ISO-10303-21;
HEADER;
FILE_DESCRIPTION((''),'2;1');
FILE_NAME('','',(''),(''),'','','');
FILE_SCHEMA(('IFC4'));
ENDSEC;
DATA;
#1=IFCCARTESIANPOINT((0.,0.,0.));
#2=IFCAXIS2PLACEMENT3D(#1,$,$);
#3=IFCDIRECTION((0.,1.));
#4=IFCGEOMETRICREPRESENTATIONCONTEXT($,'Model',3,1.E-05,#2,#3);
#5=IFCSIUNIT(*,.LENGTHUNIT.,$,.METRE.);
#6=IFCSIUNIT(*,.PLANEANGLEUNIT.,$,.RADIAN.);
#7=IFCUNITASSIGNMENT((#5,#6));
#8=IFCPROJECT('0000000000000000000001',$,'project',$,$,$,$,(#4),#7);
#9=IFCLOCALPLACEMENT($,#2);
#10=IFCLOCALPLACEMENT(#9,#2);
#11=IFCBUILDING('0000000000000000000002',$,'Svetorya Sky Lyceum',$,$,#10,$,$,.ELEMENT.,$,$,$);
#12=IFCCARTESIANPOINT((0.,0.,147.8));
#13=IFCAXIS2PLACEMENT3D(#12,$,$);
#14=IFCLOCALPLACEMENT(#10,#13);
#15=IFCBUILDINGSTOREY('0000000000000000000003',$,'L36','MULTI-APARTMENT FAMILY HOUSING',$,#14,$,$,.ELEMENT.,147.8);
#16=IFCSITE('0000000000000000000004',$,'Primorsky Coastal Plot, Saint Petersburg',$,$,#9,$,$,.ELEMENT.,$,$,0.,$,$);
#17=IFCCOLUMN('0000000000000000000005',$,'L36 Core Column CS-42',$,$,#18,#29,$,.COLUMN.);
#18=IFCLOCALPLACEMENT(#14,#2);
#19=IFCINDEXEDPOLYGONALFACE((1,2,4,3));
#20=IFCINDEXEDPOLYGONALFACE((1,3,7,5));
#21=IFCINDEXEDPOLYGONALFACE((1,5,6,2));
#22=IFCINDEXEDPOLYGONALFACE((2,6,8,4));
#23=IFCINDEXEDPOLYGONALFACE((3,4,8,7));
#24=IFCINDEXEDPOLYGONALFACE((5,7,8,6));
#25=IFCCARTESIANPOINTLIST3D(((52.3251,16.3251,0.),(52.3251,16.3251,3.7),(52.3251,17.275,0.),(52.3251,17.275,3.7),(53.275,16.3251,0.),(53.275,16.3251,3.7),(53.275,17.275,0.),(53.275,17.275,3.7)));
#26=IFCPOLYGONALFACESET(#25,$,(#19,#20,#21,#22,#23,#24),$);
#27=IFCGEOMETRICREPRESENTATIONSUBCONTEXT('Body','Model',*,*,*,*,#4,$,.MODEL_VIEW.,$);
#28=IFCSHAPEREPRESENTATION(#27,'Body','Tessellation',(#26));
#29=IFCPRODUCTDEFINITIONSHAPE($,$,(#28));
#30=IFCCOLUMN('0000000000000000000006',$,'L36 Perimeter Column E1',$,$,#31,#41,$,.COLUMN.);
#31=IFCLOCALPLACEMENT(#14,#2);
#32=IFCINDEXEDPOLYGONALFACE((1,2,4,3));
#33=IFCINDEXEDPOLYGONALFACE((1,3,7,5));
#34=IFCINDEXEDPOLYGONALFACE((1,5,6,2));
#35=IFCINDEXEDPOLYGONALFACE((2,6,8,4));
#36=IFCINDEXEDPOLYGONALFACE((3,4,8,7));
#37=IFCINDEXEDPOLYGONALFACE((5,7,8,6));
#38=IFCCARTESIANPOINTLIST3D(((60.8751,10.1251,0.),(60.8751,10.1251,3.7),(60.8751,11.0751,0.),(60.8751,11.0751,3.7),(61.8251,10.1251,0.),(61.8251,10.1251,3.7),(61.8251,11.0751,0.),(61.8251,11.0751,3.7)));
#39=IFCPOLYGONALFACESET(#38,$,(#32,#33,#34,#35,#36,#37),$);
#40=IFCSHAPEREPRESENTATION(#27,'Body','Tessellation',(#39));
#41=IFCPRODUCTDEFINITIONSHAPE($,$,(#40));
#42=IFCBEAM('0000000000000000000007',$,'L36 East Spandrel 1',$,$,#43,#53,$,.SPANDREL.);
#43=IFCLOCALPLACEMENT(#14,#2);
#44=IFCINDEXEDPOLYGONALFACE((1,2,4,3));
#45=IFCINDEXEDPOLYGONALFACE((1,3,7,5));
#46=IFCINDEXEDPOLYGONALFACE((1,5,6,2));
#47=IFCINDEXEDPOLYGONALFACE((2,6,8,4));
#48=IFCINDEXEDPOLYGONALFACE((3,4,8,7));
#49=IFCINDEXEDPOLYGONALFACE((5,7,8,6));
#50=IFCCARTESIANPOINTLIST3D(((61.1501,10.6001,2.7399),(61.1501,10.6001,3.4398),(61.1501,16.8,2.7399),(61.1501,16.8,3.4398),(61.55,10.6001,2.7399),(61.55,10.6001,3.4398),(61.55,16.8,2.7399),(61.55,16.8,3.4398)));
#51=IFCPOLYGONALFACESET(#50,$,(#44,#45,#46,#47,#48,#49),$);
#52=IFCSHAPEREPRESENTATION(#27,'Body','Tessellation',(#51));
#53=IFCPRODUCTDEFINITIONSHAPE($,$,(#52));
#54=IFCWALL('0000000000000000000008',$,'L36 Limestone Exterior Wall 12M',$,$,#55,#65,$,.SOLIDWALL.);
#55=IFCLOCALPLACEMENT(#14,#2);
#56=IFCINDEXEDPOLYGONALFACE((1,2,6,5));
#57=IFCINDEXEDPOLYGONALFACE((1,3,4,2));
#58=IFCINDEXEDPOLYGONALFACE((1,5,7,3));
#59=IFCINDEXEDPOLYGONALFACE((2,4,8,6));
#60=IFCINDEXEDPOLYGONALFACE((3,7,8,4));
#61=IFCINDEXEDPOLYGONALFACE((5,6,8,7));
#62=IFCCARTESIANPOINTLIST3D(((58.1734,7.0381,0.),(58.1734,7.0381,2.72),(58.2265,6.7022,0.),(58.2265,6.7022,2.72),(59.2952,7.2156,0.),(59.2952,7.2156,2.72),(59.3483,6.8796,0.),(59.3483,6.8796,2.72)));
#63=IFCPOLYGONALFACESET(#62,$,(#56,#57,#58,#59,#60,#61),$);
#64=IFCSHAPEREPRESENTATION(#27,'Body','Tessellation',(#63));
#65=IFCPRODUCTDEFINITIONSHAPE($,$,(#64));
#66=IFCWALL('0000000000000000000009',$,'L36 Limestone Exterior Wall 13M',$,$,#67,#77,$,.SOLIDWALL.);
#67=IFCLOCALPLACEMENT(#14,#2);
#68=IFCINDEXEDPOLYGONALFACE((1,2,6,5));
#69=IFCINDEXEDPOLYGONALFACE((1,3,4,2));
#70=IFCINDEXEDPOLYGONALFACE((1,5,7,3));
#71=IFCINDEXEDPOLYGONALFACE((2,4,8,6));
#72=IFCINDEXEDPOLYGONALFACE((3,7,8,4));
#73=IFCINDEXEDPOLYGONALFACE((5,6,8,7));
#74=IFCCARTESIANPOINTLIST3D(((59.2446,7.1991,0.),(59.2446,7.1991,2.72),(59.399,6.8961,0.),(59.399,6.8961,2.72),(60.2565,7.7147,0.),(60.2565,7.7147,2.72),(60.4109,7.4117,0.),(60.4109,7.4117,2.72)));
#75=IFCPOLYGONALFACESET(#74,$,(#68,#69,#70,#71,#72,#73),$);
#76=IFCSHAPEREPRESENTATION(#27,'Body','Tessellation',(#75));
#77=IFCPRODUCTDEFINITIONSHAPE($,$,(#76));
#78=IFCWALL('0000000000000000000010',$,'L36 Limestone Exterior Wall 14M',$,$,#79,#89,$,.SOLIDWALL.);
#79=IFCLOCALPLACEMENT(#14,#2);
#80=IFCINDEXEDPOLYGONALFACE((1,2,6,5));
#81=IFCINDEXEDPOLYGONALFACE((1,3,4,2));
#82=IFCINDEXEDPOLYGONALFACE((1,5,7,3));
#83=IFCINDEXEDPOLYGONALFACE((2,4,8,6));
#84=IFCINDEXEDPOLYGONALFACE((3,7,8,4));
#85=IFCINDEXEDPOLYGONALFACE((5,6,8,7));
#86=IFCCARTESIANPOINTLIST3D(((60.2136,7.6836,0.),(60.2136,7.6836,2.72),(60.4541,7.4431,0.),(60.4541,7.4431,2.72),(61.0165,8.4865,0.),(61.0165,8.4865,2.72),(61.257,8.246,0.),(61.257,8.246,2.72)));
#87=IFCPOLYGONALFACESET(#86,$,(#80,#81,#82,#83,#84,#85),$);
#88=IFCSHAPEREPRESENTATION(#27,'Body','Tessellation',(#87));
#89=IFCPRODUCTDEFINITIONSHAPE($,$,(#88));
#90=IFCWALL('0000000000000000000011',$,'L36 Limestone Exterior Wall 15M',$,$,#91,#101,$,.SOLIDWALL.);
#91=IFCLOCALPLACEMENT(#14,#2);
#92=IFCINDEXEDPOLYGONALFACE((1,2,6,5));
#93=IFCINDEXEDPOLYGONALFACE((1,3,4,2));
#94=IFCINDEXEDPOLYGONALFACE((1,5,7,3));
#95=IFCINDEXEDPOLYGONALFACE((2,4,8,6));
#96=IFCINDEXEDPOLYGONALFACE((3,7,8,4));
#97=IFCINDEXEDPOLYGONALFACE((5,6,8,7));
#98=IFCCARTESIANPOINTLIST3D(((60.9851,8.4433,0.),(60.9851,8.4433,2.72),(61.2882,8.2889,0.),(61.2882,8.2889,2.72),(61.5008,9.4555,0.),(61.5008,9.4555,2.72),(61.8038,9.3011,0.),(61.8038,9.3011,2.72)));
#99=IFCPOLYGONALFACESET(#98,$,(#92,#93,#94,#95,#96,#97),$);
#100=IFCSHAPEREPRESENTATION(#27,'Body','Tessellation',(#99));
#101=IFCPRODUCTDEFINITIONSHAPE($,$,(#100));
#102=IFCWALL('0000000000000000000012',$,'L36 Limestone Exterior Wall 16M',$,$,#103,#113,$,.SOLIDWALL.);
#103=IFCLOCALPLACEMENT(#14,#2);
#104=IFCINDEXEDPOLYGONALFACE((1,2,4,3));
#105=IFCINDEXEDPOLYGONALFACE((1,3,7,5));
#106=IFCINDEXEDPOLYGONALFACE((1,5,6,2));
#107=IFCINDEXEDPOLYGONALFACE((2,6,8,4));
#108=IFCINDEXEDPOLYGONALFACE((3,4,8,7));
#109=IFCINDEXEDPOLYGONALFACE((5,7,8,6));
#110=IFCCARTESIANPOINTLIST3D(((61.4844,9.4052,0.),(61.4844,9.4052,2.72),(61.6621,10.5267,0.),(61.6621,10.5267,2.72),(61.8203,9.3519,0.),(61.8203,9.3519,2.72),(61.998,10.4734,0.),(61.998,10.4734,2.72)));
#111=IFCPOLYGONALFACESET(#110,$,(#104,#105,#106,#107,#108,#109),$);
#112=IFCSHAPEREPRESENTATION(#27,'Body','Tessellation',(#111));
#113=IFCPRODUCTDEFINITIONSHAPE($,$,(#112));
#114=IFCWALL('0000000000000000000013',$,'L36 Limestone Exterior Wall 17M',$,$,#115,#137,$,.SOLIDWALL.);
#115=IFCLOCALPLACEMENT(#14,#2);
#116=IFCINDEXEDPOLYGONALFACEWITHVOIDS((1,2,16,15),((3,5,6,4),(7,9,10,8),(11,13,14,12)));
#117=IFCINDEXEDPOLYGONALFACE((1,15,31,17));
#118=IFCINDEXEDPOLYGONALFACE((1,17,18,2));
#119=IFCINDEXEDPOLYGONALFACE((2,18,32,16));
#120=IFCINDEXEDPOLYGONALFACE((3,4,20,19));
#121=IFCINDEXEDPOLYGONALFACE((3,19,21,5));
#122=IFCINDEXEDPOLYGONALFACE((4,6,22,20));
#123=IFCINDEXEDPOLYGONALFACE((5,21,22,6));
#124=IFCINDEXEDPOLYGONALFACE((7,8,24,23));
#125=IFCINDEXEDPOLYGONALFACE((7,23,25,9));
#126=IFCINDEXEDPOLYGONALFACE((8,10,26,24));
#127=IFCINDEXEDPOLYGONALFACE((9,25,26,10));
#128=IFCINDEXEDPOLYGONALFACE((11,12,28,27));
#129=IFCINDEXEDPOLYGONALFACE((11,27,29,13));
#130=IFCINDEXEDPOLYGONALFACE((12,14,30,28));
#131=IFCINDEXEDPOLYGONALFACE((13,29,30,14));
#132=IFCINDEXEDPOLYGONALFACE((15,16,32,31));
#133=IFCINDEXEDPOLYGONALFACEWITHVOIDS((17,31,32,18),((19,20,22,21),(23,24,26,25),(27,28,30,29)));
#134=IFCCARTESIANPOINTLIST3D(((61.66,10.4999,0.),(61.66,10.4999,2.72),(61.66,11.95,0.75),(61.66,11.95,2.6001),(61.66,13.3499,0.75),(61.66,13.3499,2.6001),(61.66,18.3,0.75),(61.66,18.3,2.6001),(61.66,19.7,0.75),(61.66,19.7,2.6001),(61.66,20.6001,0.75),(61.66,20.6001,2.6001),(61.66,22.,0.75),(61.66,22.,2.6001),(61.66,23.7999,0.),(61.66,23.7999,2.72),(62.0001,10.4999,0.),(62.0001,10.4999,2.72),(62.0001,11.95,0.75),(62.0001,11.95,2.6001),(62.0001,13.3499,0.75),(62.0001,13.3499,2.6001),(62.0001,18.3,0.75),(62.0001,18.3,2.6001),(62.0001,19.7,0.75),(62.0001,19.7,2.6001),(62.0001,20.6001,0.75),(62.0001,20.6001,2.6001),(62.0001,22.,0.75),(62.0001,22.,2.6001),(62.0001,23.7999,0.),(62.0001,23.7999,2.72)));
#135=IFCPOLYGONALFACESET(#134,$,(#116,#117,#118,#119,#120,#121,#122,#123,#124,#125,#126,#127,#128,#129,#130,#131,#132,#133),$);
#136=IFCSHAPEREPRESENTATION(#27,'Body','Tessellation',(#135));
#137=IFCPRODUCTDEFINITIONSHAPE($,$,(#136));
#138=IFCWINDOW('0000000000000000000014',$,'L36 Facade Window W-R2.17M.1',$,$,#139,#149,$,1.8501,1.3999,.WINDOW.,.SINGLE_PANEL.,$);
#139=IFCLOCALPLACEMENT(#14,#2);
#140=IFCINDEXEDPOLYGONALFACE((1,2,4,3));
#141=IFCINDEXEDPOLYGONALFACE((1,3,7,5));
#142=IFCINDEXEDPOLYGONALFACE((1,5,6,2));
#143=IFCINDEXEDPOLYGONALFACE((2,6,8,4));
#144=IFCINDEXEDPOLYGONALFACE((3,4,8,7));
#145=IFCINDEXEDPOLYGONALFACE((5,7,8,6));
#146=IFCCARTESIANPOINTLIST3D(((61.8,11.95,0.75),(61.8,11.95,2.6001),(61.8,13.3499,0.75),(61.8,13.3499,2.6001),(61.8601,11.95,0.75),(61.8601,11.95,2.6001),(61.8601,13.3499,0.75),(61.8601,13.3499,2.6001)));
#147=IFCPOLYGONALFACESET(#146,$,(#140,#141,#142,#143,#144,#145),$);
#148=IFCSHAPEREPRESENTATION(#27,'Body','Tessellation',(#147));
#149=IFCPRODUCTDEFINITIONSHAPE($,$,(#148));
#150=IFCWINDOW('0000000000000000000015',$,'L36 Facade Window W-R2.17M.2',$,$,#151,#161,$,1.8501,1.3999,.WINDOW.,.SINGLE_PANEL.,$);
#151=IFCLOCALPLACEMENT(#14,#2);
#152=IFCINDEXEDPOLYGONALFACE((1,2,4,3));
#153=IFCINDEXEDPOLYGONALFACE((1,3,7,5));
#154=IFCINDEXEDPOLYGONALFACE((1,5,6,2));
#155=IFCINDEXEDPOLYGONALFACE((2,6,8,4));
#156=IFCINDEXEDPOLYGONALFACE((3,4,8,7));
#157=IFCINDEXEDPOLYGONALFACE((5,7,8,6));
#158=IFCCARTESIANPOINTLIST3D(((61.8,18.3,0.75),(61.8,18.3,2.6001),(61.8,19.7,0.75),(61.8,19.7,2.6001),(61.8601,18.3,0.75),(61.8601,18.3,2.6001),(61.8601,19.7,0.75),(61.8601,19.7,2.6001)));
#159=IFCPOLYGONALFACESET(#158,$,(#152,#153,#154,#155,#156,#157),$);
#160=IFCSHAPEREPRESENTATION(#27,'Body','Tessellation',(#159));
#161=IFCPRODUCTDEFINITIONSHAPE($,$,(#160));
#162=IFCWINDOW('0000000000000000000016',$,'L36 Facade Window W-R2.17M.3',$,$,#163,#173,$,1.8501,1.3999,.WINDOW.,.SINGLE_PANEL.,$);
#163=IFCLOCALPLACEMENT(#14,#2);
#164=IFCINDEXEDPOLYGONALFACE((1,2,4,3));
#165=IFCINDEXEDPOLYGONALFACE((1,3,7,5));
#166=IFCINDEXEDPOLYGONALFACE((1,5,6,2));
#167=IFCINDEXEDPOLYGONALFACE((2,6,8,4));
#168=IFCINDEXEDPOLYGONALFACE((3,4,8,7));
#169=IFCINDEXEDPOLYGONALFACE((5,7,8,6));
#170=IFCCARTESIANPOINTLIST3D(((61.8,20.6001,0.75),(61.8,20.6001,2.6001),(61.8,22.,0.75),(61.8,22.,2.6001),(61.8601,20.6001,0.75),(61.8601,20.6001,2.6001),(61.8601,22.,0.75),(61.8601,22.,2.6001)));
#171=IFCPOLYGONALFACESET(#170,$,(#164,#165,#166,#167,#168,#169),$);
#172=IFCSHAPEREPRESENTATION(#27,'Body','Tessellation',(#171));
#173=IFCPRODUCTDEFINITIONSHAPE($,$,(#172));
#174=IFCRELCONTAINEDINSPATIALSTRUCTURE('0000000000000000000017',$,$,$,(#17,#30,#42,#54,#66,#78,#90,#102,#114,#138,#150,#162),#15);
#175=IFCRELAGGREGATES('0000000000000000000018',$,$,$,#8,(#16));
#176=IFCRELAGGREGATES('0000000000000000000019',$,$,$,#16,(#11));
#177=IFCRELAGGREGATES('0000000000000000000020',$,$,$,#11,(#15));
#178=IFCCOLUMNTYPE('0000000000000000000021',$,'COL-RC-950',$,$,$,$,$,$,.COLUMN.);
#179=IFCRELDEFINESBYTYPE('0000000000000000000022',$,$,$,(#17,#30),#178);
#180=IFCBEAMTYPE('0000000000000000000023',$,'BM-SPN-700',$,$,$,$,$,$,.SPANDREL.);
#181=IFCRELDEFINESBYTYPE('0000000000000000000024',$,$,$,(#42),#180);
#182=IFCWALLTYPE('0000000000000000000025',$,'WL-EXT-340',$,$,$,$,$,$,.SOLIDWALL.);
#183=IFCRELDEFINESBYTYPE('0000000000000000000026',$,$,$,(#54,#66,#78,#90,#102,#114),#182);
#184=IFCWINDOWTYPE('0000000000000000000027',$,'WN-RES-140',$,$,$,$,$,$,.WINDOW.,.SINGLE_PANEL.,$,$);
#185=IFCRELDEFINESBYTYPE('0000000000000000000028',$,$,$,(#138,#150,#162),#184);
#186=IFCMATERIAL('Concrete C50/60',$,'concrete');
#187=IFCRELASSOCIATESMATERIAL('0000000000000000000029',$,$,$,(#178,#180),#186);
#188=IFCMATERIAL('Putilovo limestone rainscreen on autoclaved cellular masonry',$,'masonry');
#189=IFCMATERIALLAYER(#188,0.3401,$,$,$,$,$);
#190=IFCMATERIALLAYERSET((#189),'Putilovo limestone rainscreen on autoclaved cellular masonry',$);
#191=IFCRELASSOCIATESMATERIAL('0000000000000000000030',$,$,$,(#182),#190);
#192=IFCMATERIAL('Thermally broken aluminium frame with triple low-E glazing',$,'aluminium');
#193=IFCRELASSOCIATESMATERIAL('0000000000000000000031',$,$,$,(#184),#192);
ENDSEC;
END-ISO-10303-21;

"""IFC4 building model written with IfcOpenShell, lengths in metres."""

from ifc_helpers import new_model, si_unit, direction, frame, frame_2d, origin, origin_2d, place, context, subcontext, project, spatial, rectangle, extrude, material, layer, layer_set, material_profile, profile_set, type_object, element, fill, save


model = new_model("IFC4")

# Units and contexts
model_context = context("Model", 3, precision=1e-05, world=origin(), true_north=direction((0.0, 1.0)))
body_context = subcontext(model_context, "Body", "Model", "MODEL_VIEW")
ifc_project = project(units=[si_unit("LENGTHUNIT", "METRE"), si_unit("PLANEANGLEUNIT", "RADIAN")], contexts=[model_context])

# Site, building, storey
site_placement = place(None, origin())
site = spatial("IfcSite", under=ifc_project, at=site_placement, Name="Primorsky Coastal Plot, Saint Petersburg", CompositionType="ELEMENT", RefElevation=0.0)
building_placement = place(site_placement, origin())
building = spatial("IfcBuilding", under=site, at=building_placement, Name="Svetorya Sky Lyceum", CompositionType="ELEMENT")
storey_placement = place(building_placement, frame((0.0, 0.0, 147.8)))
storey = spatial("IfcBuildingStorey", under=building, at=storey_placement, Name="L36", Description="MULTI-APARTMENT FAMILY HOUSING", CompositionType="ELEMENT", Elevation=147.8)

# Columns
ifc_material_1 = material(Name="Concrete C50/60", Category="concrete")
ifc_material_profile_1 = material_profile(ifc_material_1, rectangle(XDim=0.95, YDim=0.95, at=origin_2d()), Name="RC COL 950x950")
ifc_profile_set_1 = profile_set([ifc_material_profile_1], Name="Concrete C50/60")
column_type = type_object("IfcColumnType", Name="COL-RC-950", PredefinedType="COLUMN", material=ifc_profile_set_1)
for number, where, z_axis, x_axis, name in (
    (1, (52.8, 16.8, 0.0), (0.0, 0.0, 1.0), (1.0, 0.0, 0.0), "L36 Core Column CS-42"),
    (2, (61.3501, 10.6001, 0.0), (0.0, 0.0, 1.0), (1.0, 0.0, 0.0), "L36 Perimeter Column E1"),
):
    element("IfcColumn", number, at=place(storey_placement, frame(where, z_axis=z_axis, x_axis=x_axis)), inside=storey, type_object=column_type, Name=name, PredefinedType="COLUMN", context=body_context, shape_type="SweptSolid", body=[
        extrude(rectangle(XDim=0.95, YDim=0.95, at=origin_2d()), origin(), (0.0, 0.0, 1.0), 3.7),
    ])

# Beam
ifc_material_profile_2 = material_profile(ifc_material_1, rectangle(XDim=0.3999, YDim=0.7, at=origin_2d()), Name="RC SPANDREL 400x700")
ifc_profile_set_2 = profile_set([ifc_material_profile_2], Name="Concrete C50/60")
beam_type = type_object("IfcBeamType", Name="BM-SPN-700", PredefinedType="SPANDREL", material=ifc_profile_set_2)
beam_placement = place(storey_placement, frame((61.3501, 10.6001, 3.0898), z_axis=(0.0, 1.0, 0.0), x_axis=(-1.0, 0.0, 0.0)))
element("IfcBeam", 3, at=beam_placement, inside=storey, type_object=beam_type, Name="L36 East Spandrel 1", PredefinedType="SPANDREL", context=body_context, shape_type="SweptSolid", body=[
    extrude(rectangle(XDim=0.3999, YDim=0.7, at=origin_2d()), origin(), (0.0, 0.0, 1.0), 6.2),
])

# Walls
ifc_material_2 = material(Name="Putilovo limestone rainscreen on autoclaved cellular masonry", Category="masonry")
ifc_layer_1 = layer(ifc_material_2, 0.3401)
ifc_layer_set_1 = layer_set([ifc_layer_1], Name="Putilovo limestone rainscreen on autoclaved cellular masonry")
wall_type_1 = type_object("IfcWallType", Name="WL-EXT-340", PredefinedType="SOLIDWALL", material=ifc_layer_set_1)
for number, where, z_axis, x_axis, name in (
    (4, (58.2, 6.8701, 0.0), (0.0, 0.0, 1.0), (0.987714, 0.156272, 0.0), "L36 Limestone Exterior Wall 12M"),
    (5, (59.3218, 7.0476, 0.0), (0.0, 0.0, 1.0), (0.891005, 0.453993, 0.0), "L36 Limestone Exterior Wall 13M"),
):
    element("IfcWall", number, at=place(storey_placement, frame(where, z_axis=z_axis, x_axis=x_axis)), inside=storey, type_object=wall_type_1, Name=name, PredefinedType="SOLIDWALL", context=body_context, shape_type="SweptSolid", body=[
        extrude(rectangle(XDim=1.1357, YDim=0.3401, at=frame_2d((0.5679, 0.0))), origin(), (0.0, 0.0, 1.0), 2.72),
    ])
wall_1_placement = place(storey_placement, frame((60.3337, 7.5632, 0.0), z_axis=(0.0, 0.0, 1.0), x_axis=(0.707107, 0.707107, 0.0)))
element("IfcWall", 6, at=wall_1_placement, inside=storey, type_object=wall_type_1, Name="L36 Limestone Exterior Wall 14M", PredefinedType="SOLIDWALL", context=body_context, shape_type="SweptSolid", body=[
    extrude(rectangle(XDim=1.1355, YDim=0.3401, at=frame_2d((0.5679, 0.0))), origin(), (0.0, 0.0, 1.0), 2.72),
])
wall_2_placement = place(storey_placement, frame((61.1367, 8.3662, 0.0), z_axis=(0.0, 0.0, 1.0), x_axis=(0.453906, 0.891049, 0.0)))
element("IfcWall", 7, at=wall_2_placement, inside=storey, type_object=wall_type_1, Name="L36 Limestone Exterior Wall 15M", PredefinedType="SOLIDWALL", context=body_context, shape_type="SweptSolid", body=[
    extrude(rectangle(XDim=1.136, YDim=0.3401, at=frame_2d((0.5679, 0.0))), origin(), (0.0, 0.0, 1.0), 2.72),
])
wall_3_placement = place(storey_placement, frame((61.6523, 9.3784, 0.0), z_axis=(0.0, 0.0, 1.0), x_axis=(0.156515, 0.987676, 0.0)))
element("IfcWall", 8, at=wall_3_placement, inside=storey, type_object=wall_type_1, Name="L36 Limestone Exterior Wall 16M", PredefinedType="SOLIDWALL", context=body_context, shape_type="SweptSolid", body=[
    extrude(rectangle(XDim=1.1355, YDim=0.3401, at=frame_2d((0.5679, 0.0))), origin(), (0.0, 0.0, 1.0), 2.72),
])

# Wall, openings, windows
wall_4_placement = place(storey_placement, frame((61.8301, 10.5, 0.0), z_axis=(0.0, 0.0, 1.0), x_axis=(0.0, 1.0, 0.0)))
wall_4 = element("IfcWall", 9, at=wall_4_placement, inside=storey, type_object=wall_type_1, Name="L36 Limestone Exterior Wall 17M", PredefinedType="SOLIDWALL", context=body_context, shape_type="SweptSolid", body=[
    extrude(rectangle(XDim=13.3, YDim=0.3401, at=frame_2d((6.6499, 0.0))), origin(), (0.0, 0.0, 1.0), 2.72),
])
opening_1_placement = place(wall_4_placement, frame((1.45, 0.0, 0.75)))
opening_1 = element("IfcOpeningElement", 10, at=opening_1_placement, cuts=wall_4, PredefinedType="OPENING", context=body_context, shape_type="SweptSolid", body=[
    extrude(rectangle(XDim=1.3999, YDim=1.8501, at=frame_2d((0.7, 0.925))), frame((0.0, 0.1799, 0.0), z_axis=(0.0, -1.0, 0.0), x_axis=(1.0, 0.0, 0.0)), (0.0, 0.0, 1.0), 0.3601),
])
opening_2_placement = place(wall_4_placement, frame((7.8, 0.0, 0.75)))
opening_2 = element("IfcOpeningElement", 11, at=opening_2_placement, cuts=wall_4, PredefinedType="OPENING", context=body_context, shape_type="SweptSolid", body=[
    extrude(rectangle(XDim=1.3999, YDim=1.8501, at=frame_2d((0.7, 0.925))), frame((0.0, 0.1799, 0.0), z_axis=(0.0, -1.0, 0.0), x_axis=(1.0, 0.0, 0.0)), (0.0, 0.0, 1.0), 0.3601),
])
opening_3_placement = place(wall_4_placement, frame((10.1001, 0.0, 0.75)))
opening_3 = element("IfcOpeningElement", 12, at=opening_3_placement, cuts=wall_4, PredefinedType="OPENING", context=body_context, shape_type="SweptSolid", body=[
    extrude(rectangle(XDim=1.3999, YDim=1.8501, at=frame_2d((0.7, 0.925))), frame((0.0, 0.1799, 0.0), z_axis=(0.0, -1.0, 0.0), x_axis=(1.0, 0.0, 0.0)), (0.0, 0.0, 1.0), 0.3601),
])
ifc_material_3 = material(Name="Thermally broken aluminium frame with triple low-E glazing", Category="aluminium")
window_type = type_object("IfcWindowType", Name="WN-RES-140", PartitioningType="SINGLE_PANEL", PredefinedType="WINDOW", material=ifc_material_3)
window_1_placement = place(opening_1_placement, origin())
window_1 = element("IfcWindow", 13, at=window_1_placement, inside=storey, type_object=window_type, Name="L36 Facade Window W-R2.17M.1", OverallHeight=1.8501, OverallWidth=1.3999, PartitioningType="SINGLE_PANEL", PredefinedType="WINDOW", context=body_context, shape_type="SweptSolid", body=[
    extrude(rectangle(XDim=1.3999, YDim=1.8501, at=frame_2d((0.7, 0.925))), frame((0.0, 0.03, 0.0), z_axis=(0.0, -1.0, 0.0), x_axis=(1.0, 0.0, 0.0)), (0.0, 0.0, 1.0), 0.0601),
])
fill(opening_1, window_1)
window_2_placement = place(opening_2_placement, origin())
window_2 = element("IfcWindow", 14, at=window_2_placement, inside=storey, type_object=window_type, Name="L36 Facade Window W-R2.17M.2", OverallHeight=1.8501, OverallWidth=1.3999, PartitioningType="SINGLE_PANEL", PredefinedType="WINDOW", context=body_context, shape_type="SweptSolid", body=[
    extrude(rectangle(XDim=1.3999, YDim=1.8501, at=frame_2d((0.7, 0.925))), frame((0.0, 0.03, 0.0), z_axis=(0.0, -1.0, 0.0), x_axis=(1.0, 0.0, 0.0)), (0.0, 0.0, 1.0), 0.0601),
])
fill(opening_2, window_2)
window_3_placement = place(opening_3_placement, origin())
window_3 = element("IfcWindow", 15, at=window_3_placement, inside=storey, type_object=window_type, Name="L36 Facade Window W-R2.17M.3", OverallHeight=1.8501, OverallWidth=1.3999, PartitioningType="SINGLE_PANEL", PredefinedType="WINDOW", context=body_context, shape_type="SweptSolid", body=[
    extrude(rectangle(XDim=1.3999, YDim=1.8501, at=frame_2d((0.7, 0.925))), frame((0.0, 0.03, 0.0), z_axis=(0.0, -1.0, 0.0), x_axis=(1.0, 0.0, 0.0)), (0.0, 0.0, 1.0), 0.0601),
])
fill(opening_3, window_3)

save(model, "model.ifc")
